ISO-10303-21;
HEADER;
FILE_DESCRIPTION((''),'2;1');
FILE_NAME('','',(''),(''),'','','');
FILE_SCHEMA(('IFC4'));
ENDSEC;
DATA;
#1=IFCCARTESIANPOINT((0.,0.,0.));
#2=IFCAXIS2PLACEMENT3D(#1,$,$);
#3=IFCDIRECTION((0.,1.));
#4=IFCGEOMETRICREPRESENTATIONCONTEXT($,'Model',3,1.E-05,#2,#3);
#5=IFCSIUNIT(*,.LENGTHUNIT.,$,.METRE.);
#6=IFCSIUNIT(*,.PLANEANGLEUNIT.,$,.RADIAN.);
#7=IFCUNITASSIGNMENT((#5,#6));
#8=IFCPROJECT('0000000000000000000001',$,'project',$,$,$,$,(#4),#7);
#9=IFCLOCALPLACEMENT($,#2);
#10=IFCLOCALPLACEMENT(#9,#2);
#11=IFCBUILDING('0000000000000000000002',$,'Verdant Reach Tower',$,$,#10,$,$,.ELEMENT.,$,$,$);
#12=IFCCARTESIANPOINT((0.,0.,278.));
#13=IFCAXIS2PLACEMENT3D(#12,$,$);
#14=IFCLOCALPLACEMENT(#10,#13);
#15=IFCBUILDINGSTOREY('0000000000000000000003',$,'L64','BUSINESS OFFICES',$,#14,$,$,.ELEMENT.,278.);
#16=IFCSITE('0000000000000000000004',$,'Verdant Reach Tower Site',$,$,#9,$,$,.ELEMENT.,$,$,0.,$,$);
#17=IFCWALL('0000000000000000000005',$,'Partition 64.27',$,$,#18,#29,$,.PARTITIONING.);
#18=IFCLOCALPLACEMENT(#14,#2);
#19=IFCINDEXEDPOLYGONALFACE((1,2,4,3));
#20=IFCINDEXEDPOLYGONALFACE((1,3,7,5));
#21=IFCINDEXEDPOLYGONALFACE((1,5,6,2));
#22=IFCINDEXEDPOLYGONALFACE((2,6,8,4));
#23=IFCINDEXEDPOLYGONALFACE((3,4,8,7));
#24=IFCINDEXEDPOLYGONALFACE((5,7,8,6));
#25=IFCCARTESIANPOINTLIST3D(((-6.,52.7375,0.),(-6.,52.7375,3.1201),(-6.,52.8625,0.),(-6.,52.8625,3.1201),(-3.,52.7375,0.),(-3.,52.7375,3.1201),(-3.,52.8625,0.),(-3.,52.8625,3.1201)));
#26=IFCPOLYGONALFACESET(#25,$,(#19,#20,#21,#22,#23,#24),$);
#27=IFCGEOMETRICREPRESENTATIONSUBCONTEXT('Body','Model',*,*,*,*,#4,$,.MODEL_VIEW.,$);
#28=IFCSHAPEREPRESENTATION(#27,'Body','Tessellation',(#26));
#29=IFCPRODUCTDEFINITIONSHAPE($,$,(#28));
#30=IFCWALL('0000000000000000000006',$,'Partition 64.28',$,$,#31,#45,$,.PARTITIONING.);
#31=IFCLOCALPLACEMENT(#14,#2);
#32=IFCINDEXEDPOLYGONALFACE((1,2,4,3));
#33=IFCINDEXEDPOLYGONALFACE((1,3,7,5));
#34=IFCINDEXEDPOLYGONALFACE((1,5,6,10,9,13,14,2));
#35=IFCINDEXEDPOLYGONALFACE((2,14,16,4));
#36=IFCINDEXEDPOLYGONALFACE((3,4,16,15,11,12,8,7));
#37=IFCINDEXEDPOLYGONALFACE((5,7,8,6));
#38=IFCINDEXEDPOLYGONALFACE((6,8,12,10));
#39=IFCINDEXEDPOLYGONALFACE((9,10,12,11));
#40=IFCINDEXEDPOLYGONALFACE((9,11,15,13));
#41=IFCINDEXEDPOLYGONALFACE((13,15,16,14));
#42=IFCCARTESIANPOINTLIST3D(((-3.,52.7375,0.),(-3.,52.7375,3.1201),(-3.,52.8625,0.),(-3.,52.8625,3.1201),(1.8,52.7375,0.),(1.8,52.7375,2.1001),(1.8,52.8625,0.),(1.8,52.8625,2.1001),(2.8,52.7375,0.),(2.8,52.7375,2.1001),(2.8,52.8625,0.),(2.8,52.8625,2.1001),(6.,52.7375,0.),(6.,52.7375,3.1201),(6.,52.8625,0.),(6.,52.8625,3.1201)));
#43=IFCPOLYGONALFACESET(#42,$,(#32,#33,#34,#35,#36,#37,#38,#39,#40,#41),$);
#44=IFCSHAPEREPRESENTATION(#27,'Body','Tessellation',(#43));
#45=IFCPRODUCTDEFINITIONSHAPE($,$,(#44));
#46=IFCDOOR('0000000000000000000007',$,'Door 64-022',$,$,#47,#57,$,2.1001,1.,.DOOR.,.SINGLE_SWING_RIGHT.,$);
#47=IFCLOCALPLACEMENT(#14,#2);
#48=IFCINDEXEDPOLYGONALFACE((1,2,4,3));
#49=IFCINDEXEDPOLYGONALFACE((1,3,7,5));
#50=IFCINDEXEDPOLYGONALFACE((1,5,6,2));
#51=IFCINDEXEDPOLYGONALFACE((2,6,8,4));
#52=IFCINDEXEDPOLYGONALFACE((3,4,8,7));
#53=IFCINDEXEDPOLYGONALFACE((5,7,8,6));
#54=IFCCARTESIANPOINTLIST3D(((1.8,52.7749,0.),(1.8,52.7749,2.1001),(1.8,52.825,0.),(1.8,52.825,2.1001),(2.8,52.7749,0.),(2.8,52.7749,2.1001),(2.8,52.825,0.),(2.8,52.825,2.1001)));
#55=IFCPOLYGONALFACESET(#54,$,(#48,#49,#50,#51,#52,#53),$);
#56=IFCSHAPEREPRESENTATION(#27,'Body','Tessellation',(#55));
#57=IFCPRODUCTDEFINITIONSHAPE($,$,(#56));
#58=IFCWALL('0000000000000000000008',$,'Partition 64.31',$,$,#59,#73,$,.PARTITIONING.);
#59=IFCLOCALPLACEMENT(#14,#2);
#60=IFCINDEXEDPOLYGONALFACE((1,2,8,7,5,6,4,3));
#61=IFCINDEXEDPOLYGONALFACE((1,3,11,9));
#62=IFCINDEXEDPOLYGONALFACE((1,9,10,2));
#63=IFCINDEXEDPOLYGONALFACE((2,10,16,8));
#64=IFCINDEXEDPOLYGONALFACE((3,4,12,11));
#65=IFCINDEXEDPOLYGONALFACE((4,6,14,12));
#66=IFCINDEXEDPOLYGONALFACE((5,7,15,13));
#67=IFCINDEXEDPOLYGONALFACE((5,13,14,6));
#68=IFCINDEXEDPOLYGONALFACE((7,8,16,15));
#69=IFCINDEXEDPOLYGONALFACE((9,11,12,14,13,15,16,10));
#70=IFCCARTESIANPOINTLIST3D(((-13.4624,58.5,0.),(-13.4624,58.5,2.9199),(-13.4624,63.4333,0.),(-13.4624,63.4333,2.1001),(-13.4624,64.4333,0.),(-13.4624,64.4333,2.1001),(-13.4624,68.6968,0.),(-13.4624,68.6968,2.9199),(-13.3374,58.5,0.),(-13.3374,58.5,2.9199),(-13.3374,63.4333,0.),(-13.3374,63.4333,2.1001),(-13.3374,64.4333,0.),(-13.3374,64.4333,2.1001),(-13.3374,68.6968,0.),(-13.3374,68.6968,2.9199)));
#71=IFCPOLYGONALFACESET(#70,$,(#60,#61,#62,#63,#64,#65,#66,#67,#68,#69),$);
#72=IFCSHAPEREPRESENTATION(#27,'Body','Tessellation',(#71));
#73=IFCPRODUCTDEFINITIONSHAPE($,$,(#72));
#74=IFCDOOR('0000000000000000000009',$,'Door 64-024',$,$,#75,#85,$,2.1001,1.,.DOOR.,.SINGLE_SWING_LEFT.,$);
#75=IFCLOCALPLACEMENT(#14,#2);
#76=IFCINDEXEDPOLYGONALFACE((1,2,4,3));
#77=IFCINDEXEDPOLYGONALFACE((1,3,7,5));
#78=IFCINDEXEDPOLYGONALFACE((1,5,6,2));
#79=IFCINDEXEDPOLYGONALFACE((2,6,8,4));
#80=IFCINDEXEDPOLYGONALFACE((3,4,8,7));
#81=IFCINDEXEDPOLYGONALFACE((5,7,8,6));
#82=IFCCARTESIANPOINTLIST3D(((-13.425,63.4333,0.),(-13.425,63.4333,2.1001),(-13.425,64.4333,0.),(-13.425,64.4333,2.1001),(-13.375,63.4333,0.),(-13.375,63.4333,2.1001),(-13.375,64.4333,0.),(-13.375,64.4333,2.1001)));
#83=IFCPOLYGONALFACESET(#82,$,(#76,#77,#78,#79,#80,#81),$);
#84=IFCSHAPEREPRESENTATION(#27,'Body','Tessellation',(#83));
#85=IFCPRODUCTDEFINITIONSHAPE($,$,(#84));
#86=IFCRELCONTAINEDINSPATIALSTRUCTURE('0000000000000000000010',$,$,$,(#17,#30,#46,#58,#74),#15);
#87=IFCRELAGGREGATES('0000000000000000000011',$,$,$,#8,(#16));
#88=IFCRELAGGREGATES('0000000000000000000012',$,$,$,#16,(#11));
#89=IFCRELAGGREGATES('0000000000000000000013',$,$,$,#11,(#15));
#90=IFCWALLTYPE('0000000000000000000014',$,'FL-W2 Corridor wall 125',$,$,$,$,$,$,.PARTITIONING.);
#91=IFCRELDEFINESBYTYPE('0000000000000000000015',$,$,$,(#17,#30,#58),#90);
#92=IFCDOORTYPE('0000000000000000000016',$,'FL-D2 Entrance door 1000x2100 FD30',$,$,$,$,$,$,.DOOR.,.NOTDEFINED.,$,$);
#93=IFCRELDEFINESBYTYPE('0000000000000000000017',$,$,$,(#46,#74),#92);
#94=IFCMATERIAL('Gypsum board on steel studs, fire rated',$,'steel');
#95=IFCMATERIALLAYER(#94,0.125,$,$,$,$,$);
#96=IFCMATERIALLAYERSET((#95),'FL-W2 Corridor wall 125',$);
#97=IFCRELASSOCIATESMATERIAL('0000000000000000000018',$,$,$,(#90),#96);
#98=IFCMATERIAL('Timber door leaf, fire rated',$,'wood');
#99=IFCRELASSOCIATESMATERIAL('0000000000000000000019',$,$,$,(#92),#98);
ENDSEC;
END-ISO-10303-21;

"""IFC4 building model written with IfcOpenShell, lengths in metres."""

from ifc_helpers import new_model, si_unit, direction, frame, frame_2d, origin, place, context, subcontext, project, spatial, rectangle, extrude, material, layer, layer_set, type_object, element, fill, save


model = new_model("IFC4")

# Units and contexts
model_context = context("Model", 3, precision=1e-05, world=origin(), true_north=direction((0.0, 1.0)))
body_context = subcontext(model_context, "Body", "Model", "MODEL_VIEW")
ifc_project = project(units=[si_unit("LENGTHUNIT", "METRE"), si_unit("PLANEANGLEUNIT", "RADIAN")], contexts=[model_context])

# Site, building, storey
site_placement = place(None, origin())
site = spatial("IfcSite", under=ifc_project, at=site_placement, Name="Verdant Reach Tower Site", CompositionType="ELEMENT", RefElevation=0.0)
building_placement = place(site_placement, origin())
building = spatial("IfcBuilding", under=site, at=building_placement, Name="Verdant Reach Tower", CompositionType="ELEMENT")
storey_placement = place(building_placement, frame((0.0, 0.0, 278.0)))
storey = spatial("IfcBuildingStorey", under=building, at=storey_placement, Name="L64", Description="BUSINESS OFFICES", CompositionType="ELEMENT", Elevation=278.0)

# Wall
ifc_material_1 = material(Name="Gypsum board on steel studs, fire rated", Category="steel")
ifc_layer_1 = layer(ifc_material_1, 0.125)
ifc_layer_set_1 = layer_set([ifc_layer_1], Name="FL-W2 Corridor wall 125")
wall_type_1 = type_object("IfcWallType", Name="FL-W2 Corridor wall 125", PredefinedType="PARTITIONING", material=ifc_layer_set_1)
wall_1_placement = place(storey_placement, frame((-3.0, 52.8, 0.0), z_axis=(0.0, 0.0, 1.0), x_axis=(-1.0, 0.0, 0.0)))
element("IfcWall", 1, at=wall_1_placement, inside=storey, type_object=wall_type_1, Name="Partition 64.27", PredefinedType="PARTITIONING", context=body_context, shape_type="SweptSolid", body=[
    extrude(rectangle(XDim=3.0, YDim=0.125, at=frame_2d((1.5, 0.0))), origin(), (0.0, 0.0, 1.0), 3.1201),
])

# Walls, openings, doors
wall_2_placement = place(storey_placement, frame((-3.0, 52.8, 0.0), z_axis=(0.0, 0.0, 1.0), x_axis=(1.0, 0.0, 0.0)))
wall_2 = element("IfcWall", 2, at=wall_2_placement, inside=storey, type_object=wall_type_1, Name="Partition 64.28", PredefinedType="PARTITIONING", context=body_context, shape_type="SweptSolid", body=[
    extrude(rectangle(XDim=9.0, YDim=0.125, at=frame_2d((4.5, 0.0))), origin(), (0.0, 0.0, 1.0), 3.1201),
])
opening_1_placement = place(wall_2_placement, frame((4.8, 0.0, 0.0)))
opening_1 = element("IfcOpeningElement", 3, at=opening_1_placement, cuts=wall_2, PredefinedType="OPENING", context=body_context, shape_type="SweptSolid", body=[
    extrude(rectangle(XDim=1.0, YDim=2.1001, at=frame_2d((0.5, 1.05))), frame((0.0, 0.0725, 0.0), z_axis=(0.0, -1.0, 0.0), x_axis=(1.0, 0.0, 0.0)), (0.0, 0.0, 1.0), 0.145),
])
ifc_material_2 = material(Name="Timber door leaf, fire rated", Category="wood")
door_type_1 = type_object("IfcDoorType", Name="FL-D2 Entrance door 1000x2100 FD30", OperationType="NOTDEFINED", PredefinedType="DOOR", material=ifc_material_2)
door_1_placement = place(opening_1_placement, origin())
door_1 = element("IfcDoor", 4, at=door_1_placement, inside=storey, type_object=door_type_1, Name="Door 64-022", OperationType="SINGLE_SWING_RIGHT", OverallHeight=2.1001, OverallWidth=1.0, PredefinedType="DOOR", context=body_context, shape_type="SweptSolid", body=[
    extrude(rectangle(XDim=1.0, YDim=2.1001, at=frame_2d((0.5, 1.05))), frame((0.0, 0.0249, 0.0), z_axis=(0.0, -1.0, 0.0), x_axis=(1.0, 0.0, 0.0)), (0.0, 0.0, 1.0), 0.05),
])
fill(opening_1, door_1)
wall_3_placement = place(storey_placement, frame((-13.3999, 68.6968, 0.0), z_axis=(0.0, 0.0, 1.0), x_axis=(0.0, -1.0, 0.0)))
wall_3 = element("IfcWall", 5, at=wall_3_placement, inside=storey, type_object=wall_type_1, Name="Partition 64.31", PredefinedType="PARTITIONING", context=body_context, shape_type="SweptSolid", body=[
    extrude(rectangle(XDim=10.1968, YDim=0.125, at=frame_2d((5.0984, 0.0))), origin(), (0.0, 0.0, 1.0), 2.9199),
])
opening_2_placement = place(wall_3_placement, frame((4.2634, 0.0, 0.0)))
opening_2 = element("IfcOpeningElement", 6, at=opening_2_placement, cuts=wall_3, PredefinedType="OPENING", context=body_context, shape_type="SweptSolid", body=[
    extrude(rectangle(XDim=1.0, YDim=2.1001, at=frame_2d((0.5, 1.05))), frame((0.0, 0.0725, 0.0), z_axis=(0.0, -1.0, 0.0), x_axis=(1.0, 0.0, 0.0)), (0.0, 0.0, 1.0), 0.145),
])
door_2_placement = place(opening_2_placement, origin())
door_2 = element("IfcDoor", 7, at=door_2_placement, inside=storey, type_object=door_type_1, Name="Door 64-024", OperationType="SINGLE_SWING_LEFT", OverallHeight=2.1001, OverallWidth=1.0, PredefinedType="DOOR", context=body_context, shape_type="SweptSolid", body=[
    extrude(rectangle(XDim=1.0, YDim=2.1001, at=frame_2d((0.5, 1.05))), frame((0.0, 0.0249, 0.0), z_axis=(0.0, -1.0, 0.0), x_axis=(1.0, 0.0, 0.0)), (0.0, 0.0, 1.0), 0.05),
])
fill(opening_2, door_2)

save(model, "model.ifc")
